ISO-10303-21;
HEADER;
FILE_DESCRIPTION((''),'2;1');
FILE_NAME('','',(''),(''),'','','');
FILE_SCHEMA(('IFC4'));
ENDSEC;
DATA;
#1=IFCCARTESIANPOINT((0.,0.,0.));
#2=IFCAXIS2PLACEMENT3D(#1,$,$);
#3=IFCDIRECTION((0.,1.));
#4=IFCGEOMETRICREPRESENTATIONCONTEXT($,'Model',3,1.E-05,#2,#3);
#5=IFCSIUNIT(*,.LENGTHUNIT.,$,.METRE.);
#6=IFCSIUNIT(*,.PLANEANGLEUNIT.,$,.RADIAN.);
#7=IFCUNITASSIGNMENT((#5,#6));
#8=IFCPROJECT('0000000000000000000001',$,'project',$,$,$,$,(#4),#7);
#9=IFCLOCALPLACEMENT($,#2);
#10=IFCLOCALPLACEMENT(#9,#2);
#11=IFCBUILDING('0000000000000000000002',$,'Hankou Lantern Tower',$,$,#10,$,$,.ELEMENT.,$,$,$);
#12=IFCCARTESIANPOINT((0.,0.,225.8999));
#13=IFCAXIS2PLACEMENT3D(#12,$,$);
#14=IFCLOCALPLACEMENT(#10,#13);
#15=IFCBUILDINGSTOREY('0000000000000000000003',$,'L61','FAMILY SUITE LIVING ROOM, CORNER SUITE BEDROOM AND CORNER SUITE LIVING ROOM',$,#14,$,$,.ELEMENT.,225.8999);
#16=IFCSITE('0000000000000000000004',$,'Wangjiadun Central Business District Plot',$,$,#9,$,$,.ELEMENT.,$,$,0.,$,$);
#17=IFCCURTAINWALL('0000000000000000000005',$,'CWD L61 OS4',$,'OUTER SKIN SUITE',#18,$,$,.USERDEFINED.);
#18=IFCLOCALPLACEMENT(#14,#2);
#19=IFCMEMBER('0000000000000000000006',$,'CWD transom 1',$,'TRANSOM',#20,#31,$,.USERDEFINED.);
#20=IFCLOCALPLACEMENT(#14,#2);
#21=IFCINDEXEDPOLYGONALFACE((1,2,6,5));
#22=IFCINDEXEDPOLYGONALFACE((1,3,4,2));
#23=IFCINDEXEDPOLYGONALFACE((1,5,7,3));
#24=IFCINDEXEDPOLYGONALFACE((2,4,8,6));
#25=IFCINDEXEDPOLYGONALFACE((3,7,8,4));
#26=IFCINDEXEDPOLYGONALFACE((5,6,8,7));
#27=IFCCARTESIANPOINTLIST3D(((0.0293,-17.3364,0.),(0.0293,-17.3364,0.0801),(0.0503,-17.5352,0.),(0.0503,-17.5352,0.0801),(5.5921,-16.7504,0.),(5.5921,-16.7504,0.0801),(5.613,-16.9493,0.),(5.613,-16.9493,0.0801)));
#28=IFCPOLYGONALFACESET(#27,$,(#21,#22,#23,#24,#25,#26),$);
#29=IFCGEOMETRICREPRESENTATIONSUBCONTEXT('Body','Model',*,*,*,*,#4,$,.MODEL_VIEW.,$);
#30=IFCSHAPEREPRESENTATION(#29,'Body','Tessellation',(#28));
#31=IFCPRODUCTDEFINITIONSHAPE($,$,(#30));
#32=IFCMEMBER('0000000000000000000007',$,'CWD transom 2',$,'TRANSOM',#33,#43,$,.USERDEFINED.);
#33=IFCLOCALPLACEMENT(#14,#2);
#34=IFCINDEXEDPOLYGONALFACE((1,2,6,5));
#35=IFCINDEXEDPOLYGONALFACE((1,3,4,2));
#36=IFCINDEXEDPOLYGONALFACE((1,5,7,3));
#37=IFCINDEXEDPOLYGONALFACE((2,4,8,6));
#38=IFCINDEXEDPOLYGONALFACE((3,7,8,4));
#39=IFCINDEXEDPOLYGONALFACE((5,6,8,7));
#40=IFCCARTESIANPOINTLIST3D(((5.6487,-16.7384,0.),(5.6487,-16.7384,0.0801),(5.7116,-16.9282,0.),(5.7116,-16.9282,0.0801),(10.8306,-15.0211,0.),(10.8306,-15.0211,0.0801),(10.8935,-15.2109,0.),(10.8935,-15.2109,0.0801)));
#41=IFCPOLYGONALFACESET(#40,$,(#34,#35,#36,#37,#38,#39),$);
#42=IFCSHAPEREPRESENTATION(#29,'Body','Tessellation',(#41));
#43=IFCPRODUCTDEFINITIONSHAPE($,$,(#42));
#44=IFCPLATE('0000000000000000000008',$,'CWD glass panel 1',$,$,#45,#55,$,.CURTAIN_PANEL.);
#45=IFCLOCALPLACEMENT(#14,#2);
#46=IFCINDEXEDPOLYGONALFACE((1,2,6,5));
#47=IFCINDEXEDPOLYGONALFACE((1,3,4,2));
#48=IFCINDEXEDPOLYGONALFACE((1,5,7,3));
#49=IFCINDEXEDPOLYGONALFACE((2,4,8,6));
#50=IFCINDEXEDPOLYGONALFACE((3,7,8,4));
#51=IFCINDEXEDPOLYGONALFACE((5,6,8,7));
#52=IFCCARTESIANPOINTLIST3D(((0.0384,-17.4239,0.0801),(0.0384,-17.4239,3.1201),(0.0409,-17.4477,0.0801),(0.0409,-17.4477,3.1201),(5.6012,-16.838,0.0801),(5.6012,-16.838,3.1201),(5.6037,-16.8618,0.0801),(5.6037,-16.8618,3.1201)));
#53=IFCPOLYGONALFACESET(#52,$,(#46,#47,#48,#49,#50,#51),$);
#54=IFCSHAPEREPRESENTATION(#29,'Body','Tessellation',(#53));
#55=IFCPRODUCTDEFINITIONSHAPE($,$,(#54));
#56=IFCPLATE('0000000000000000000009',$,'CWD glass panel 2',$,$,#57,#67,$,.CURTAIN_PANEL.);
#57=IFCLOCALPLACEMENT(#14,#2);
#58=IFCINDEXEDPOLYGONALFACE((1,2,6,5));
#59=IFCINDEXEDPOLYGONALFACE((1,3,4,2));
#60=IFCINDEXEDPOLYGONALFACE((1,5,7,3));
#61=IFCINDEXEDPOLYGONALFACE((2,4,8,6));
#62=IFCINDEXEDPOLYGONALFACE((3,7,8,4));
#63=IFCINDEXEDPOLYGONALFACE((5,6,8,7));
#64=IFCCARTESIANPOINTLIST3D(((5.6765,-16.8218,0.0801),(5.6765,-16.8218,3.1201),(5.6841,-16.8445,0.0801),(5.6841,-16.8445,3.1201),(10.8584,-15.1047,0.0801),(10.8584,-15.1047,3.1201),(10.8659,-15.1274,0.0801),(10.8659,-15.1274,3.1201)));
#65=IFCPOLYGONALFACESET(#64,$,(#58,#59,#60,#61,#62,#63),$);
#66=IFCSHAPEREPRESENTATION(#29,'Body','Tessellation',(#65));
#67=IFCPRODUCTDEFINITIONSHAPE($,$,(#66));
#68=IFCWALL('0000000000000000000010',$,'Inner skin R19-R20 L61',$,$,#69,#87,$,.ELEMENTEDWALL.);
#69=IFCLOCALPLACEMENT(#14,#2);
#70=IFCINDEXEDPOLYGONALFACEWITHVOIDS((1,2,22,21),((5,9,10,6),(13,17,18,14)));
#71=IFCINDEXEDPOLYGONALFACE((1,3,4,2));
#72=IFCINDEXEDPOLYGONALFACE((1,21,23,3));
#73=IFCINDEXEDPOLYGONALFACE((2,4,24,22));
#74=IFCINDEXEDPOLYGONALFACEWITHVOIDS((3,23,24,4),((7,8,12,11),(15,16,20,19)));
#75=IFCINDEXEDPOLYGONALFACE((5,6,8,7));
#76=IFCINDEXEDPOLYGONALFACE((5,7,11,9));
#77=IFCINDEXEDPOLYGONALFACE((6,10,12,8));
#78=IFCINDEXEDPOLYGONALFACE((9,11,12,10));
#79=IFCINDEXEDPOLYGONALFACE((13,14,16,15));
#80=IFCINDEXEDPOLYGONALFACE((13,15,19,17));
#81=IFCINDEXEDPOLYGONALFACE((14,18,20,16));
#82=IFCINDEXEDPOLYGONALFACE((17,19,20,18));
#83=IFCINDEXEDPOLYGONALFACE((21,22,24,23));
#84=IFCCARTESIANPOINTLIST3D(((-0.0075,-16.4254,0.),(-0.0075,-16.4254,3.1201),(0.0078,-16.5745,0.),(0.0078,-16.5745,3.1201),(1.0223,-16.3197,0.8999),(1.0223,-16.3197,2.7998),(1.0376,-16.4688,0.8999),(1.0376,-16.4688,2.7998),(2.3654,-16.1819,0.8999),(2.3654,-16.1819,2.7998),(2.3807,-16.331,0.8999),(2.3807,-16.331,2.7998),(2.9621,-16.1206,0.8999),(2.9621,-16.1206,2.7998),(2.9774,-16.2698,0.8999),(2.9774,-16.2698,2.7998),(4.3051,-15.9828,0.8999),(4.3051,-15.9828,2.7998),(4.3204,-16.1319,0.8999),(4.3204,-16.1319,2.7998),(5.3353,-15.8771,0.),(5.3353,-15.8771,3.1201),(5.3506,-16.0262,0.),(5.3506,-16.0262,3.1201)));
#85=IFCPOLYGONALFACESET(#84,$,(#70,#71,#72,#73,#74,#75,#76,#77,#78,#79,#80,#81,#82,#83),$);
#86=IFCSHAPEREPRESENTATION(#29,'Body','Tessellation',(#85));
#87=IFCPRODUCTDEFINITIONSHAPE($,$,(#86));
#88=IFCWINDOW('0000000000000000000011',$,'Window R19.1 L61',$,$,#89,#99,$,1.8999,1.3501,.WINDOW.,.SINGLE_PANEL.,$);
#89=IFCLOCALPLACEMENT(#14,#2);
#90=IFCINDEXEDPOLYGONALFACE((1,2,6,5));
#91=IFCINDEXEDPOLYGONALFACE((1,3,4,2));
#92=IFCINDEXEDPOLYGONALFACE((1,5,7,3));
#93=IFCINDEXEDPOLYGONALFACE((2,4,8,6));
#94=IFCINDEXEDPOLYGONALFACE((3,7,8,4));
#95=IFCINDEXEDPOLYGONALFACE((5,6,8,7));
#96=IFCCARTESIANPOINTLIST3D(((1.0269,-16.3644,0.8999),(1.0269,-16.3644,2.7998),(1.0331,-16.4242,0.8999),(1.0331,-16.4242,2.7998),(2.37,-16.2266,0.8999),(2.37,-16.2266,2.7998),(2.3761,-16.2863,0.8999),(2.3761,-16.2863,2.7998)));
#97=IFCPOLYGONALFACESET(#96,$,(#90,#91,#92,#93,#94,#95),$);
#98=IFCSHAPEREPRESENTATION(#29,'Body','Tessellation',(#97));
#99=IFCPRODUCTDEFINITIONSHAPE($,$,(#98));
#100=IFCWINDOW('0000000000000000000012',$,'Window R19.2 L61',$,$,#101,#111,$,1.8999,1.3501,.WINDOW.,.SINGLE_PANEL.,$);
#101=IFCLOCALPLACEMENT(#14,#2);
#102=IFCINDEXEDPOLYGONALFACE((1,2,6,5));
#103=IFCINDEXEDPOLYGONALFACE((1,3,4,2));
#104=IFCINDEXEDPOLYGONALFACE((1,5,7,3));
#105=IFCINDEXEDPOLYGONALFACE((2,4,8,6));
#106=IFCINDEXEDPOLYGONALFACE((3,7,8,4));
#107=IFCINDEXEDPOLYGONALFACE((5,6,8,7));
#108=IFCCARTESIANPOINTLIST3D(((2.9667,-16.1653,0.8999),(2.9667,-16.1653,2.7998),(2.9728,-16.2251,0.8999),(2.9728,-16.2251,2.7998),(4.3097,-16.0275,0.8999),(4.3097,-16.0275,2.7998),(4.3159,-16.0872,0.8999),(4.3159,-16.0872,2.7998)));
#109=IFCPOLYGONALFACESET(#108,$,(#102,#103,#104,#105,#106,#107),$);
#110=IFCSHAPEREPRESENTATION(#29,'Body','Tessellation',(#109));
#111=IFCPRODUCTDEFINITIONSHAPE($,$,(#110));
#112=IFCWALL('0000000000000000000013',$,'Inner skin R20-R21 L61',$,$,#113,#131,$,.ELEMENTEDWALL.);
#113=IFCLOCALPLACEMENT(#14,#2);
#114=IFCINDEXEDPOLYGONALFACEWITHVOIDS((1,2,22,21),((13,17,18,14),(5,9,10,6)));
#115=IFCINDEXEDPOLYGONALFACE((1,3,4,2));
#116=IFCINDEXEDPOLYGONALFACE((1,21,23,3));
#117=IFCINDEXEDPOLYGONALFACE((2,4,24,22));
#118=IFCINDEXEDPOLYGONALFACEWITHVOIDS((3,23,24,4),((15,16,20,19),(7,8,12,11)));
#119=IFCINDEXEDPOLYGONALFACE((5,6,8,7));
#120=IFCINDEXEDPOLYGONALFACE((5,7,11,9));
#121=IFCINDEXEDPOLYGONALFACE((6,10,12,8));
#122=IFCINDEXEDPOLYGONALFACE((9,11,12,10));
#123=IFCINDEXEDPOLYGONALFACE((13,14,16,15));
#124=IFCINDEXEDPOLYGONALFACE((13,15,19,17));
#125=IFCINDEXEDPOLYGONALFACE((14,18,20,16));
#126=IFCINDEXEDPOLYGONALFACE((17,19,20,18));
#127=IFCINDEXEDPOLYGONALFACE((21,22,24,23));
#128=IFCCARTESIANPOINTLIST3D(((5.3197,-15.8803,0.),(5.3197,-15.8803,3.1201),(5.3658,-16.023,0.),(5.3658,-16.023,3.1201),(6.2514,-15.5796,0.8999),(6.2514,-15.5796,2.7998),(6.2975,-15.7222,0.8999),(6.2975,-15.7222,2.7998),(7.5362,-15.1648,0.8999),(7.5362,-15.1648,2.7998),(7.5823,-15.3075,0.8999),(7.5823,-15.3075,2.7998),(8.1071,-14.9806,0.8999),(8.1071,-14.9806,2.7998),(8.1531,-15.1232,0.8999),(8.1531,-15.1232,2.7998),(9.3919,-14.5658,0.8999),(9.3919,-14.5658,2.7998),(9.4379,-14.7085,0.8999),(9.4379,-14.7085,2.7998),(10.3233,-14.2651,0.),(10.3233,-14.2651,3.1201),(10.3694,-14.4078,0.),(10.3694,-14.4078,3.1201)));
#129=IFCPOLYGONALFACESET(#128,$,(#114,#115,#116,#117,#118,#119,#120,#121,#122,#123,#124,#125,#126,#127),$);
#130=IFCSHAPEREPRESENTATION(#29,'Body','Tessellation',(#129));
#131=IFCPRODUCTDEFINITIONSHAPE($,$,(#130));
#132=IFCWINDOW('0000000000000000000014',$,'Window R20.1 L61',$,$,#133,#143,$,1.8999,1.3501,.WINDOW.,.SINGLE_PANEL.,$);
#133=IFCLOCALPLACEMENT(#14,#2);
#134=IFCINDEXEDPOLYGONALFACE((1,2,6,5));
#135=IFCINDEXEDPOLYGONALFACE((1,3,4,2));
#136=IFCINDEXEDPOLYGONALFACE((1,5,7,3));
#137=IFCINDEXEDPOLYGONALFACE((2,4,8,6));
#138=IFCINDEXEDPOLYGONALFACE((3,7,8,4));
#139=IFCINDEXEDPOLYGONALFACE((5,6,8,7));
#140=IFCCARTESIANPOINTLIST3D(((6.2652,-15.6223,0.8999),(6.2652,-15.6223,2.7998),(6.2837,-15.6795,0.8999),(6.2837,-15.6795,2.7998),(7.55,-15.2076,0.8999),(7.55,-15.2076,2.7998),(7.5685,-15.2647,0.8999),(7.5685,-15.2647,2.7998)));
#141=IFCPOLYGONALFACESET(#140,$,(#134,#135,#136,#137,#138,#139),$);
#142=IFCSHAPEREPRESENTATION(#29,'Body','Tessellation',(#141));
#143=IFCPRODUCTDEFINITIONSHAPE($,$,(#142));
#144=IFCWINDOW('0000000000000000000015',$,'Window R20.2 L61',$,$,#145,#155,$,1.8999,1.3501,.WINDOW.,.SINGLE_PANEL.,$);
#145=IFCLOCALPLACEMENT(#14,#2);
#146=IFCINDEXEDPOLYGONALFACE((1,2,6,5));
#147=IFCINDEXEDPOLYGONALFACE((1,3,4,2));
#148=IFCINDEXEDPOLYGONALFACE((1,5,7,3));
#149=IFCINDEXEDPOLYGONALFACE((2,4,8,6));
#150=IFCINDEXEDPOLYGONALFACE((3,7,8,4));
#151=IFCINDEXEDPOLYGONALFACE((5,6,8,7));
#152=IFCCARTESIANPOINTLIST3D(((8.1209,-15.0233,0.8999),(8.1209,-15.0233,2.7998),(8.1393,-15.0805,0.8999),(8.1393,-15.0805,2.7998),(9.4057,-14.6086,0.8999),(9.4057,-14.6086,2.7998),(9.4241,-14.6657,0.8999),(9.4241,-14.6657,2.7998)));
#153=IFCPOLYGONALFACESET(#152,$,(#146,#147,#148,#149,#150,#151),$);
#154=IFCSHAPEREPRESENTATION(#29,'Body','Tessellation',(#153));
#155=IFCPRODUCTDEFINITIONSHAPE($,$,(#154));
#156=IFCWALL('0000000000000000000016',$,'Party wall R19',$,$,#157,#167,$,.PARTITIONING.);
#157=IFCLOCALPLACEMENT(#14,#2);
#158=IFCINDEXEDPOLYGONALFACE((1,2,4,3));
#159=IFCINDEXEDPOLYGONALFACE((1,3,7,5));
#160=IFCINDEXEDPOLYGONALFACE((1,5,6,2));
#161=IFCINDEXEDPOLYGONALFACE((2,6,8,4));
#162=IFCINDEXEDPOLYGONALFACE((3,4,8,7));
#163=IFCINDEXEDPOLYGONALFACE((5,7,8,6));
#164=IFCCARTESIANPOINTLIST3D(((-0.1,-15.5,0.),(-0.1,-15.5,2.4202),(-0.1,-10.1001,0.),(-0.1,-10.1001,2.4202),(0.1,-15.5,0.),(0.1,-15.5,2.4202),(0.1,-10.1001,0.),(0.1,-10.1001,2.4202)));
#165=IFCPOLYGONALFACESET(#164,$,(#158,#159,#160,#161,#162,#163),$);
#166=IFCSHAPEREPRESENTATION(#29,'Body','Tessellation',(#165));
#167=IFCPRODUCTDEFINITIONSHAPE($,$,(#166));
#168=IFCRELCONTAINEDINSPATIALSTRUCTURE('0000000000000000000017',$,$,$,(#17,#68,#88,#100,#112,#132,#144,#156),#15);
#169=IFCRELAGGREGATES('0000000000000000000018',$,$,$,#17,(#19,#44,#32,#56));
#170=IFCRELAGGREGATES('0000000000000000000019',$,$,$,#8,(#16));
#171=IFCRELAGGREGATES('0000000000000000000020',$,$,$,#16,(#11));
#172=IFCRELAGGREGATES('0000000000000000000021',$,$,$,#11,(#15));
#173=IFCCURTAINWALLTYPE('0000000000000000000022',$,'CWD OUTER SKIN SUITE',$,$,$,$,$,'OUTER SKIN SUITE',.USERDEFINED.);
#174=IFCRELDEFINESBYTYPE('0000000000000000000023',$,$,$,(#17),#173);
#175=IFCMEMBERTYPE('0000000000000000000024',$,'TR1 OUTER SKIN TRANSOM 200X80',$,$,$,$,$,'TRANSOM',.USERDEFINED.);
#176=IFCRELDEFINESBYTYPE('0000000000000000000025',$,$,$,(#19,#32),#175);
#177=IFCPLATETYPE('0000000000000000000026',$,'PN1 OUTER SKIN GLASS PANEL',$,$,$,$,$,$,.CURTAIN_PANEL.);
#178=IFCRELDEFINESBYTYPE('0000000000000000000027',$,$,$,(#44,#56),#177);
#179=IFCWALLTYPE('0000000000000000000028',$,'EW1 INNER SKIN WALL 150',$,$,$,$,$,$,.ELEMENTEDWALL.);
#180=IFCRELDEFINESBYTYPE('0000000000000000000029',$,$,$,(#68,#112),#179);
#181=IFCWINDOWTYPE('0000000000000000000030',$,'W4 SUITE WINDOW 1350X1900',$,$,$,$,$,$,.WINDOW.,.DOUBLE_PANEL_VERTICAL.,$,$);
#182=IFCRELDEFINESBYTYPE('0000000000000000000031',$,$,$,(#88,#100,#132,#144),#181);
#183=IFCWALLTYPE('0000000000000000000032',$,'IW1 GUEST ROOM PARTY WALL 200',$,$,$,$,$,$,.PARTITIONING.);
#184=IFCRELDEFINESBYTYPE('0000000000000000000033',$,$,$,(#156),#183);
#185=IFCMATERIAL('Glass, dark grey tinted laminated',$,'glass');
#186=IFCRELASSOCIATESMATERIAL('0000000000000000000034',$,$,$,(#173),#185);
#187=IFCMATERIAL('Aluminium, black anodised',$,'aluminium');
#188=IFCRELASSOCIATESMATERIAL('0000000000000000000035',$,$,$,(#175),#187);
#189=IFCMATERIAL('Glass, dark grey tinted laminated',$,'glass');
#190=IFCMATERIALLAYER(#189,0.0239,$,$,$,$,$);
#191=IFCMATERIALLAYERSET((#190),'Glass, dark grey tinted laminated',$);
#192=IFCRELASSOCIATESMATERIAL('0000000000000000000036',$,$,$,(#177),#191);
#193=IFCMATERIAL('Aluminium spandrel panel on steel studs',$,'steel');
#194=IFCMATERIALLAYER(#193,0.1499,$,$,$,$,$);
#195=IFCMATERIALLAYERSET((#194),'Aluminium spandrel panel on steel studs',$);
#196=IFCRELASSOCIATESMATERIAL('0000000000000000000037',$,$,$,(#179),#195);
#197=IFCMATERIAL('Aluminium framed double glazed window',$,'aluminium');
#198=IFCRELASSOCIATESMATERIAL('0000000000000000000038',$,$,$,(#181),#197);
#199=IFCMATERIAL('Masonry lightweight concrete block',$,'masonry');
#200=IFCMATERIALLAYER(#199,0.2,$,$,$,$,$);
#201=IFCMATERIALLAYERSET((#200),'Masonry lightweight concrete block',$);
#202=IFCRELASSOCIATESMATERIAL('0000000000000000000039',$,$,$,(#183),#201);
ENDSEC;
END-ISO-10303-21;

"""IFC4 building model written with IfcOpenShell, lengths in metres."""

from ifc_helpers import new_model, si_unit, direction, frame, frame_2d, origin, origin_2d, place, context, subcontext, project, spatial, rectangle, extrude, material, layer, layer_set, material_profile, profile_set, type_object, element, fill, aggregate, save


model = new_model("IFC4")

# Units and contexts
model_context = context("Model", 3, precision=1e-05, world=origin(), true_north=direction((0.0, 1.0)))
body_context = subcontext(model_context, "Body", "Model", "MODEL_VIEW")
ifc_project = project(units=[si_unit("LENGTHUNIT", "METRE"), si_unit("PLANEANGLEUNIT", "RADIAN")], contexts=[model_context])

# Site, building, storey
site_placement = place(None, origin())
site = spatial("IfcSite", under=ifc_project, at=site_placement, Name="Wangjiadun Central Business District Plot", CompositionType="ELEMENT", RefElevation=0.0)
building_placement = place(site_placement, origin())
building = spatial("IfcBuilding", under=site, at=building_placement, Name="Hankou Lantern Tower", CompositionType="ELEMENT")
storey_placement = place(building_placement, frame((0.0, 0.0, 225.8999)))
storey = spatial("IfcBuildingStorey", under=building, at=storey_placement, Name="L61", Description="FAMILY SUITE LIVING ROOM, CORNER SUITE BEDROOM AND CORNER SUITE LIVING ROOM", CompositionType="ELEMENT", Elevation=225.8999)

# Curtain wall
ifc_material_1 = material(Name="Glass, dark grey tinted laminated", Category="glass")
curtain_wall_type = type_object("IfcCurtainWallType", Name="CWD OUTER SKIN SUITE", ElementType="OUTER SKIN SUITE", PredefinedType="USERDEFINED", material=ifc_material_1)
curtain_wall_placement = place(storey_placement, origin())
curtain_wall = element("IfcCurtainWall", 1, at=curtain_wall_placement, inside=storey, type_object=curtain_wall_type, Name="CWD L61 OS4", ObjectType="OUTER SKIN SUITE", PredefinedType="USERDEFINED")

# Members
ifc_material_2 = material(Name="Aluminium, black anodised", Category="aluminium")
ifc_material_profile_1 = material_profile(ifc_material_2, rectangle(XDim=0.2, YDim=0.0801, at=origin_2d()), Name="TR1 200X80")
ifc_profile_set_1 = profile_set([ifc_material_profile_1], Name="Aluminium, black anodised")
member_type_1 = type_object("IfcMemberType", Name="TR1 OUTER SKIN TRANSOM 200X80", ElementType="TRANSOM", PredefinedType="USERDEFINED", material=ifc_profile_set_1)
member_1_placement = place(storey_placement, frame((0.0398, -17.4358, 0.04), z_axis=(0.994498, 0.104753, 0.0), x_axis=(-0.104753, 0.994498, 0.0)))
member_1 = element("IfcMember", 2, at=member_1_placement, type_object=member_type_1, Name="CWD transom 1", ObjectType="TRANSOM", PredefinedType="USERDEFINED", context=body_context, shape_type="SweptSolid", body=[
    extrude(rectangle(XDim=0.2, YDim=0.0801, at=origin_2d()), origin(), (0.0, 0.0, 1.0), 5.5935),
])
member_2_placement = place(storey_placement, frame((5.6802, -16.8333, 0.04), z_axis=(0.949232, 0.314577, 0.0), x_axis=(-0.314577, 0.949232, 0.0)))
member_2 = element("IfcMember", 3, at=member_2_placement, type_object=member_type_1, Name="CWD transom 2", ObjectType="TRANSOM", PredefinedType="USERDEFINED", context=body_context, shape_type="SweptSolid", body=[
    extrude(rectangle(XDim=0.2, YDim=0.0801, at=origin_2d()), origin(), (0.0, 0.0, 1.0), 5.459),
])

# Plates
ifc_material_3 = material(Name="Glass, dark grey tinted laminated", Category="glass")
ifc_layer_1 = layer(ifc_material_3, 0.0239)
ifc_layer_set_1 = layer_set([ifc_layer_1], Name="Glass, dark grey tinted laminated")
plate_type = type_object("IfcPlateType", Name="PN1 OUTER SKIN GLASS PANEL", PredefinedType="CURTAIN_PANEL", material=ifc_layer_set_1)
plate_1_placement = place(storey_placement, frame((2.821, -17.1428, 0.0801), z_axis=(0.0, 0.0, 1.0), x_axis=(0.994499, 0.104743, 0.0)))
plate_1 = element("IfcPlate", 4, at=plate_1_placement, type_object=plate_type, Name="CWD glass panel 1", PredefinedType="CURTAIN_PANEL", context=body_context, shape_type="SweptSolid", body=[
    extrude(rectangle(XDim=5.5935, YDim=0.0239, at=origin_2d()), origin(), (0.0, 0.0, 1.0), 3.04),
])
plate_2_placement = place(storey_placement, frame((8.2712, -15.9746, 0.0801), z_axis=(0.0, 0.0, 1.0), x_axis=(0.949241, 0.314551, 0.0)))
plate_2 = element("IfcPlate", 5, at=plate_2_placement, type_object=plate_type, Name="CWD glass panel 2", PredefinedType="CURTAIN_PANEL", context=body_context, shape_type="SweptSolid", body=[
    extrude(rectangle(XDim=5.459, YDim=0.0239, at=origin_2d()), origin(), (0.0, 0.0, 1.0), 3.04),
])
aggregate(curtain_wall, [member_1, plate_1, member_2, plate_2])

# Walls, openings, windows
ifc_material_4 = material(Name="Aluminium spandrel panel on steel studs", Category="steel")
ifc_layer_2 = layer(ifc_material_4, 0.1499)
ifc_layer_set_2 = layer_set([ifc_layer_2], Name="Aluminium spandrel panel on steel studs")
wall_type_1 = type_object("IfcWallType", Name="EW1 INNER SKIN WALL 150", PredefinedType="ELEMENTEDWALL", material=ifc_layer_set_2)
wall_1_placement = place(storey_placement, frame((0.0, -16.5, 0.0), z_axis=(0.0, 0.0, 1.0), x_axis=(0.994775, 0.102096, 0.0)))
wall_1 = element("IfcWall", 6, at=wall_1_placement, inside=storey, type_object=wall_type_1, Name="Inner skin R19-R20 L61", PredefinedType="ELEMENTEDWALL", context=body_context, shape_type="SweptSolid", body=[
    extrude(rectangle(XDim=5.3708, YDim=0.1499, at=frame_2d((2.6855, 0.0))), origin(), (0.0, 0.0, 1.0), 3.1201),
])
opening_1_placement = place(wall_1_placement, frame((1.0354, 0.0, 0.8999)))
opening_1 = element("IfcOpeningElement", 7, at=opening_1_placement, cuts=wall_1, PredefinedType="OPENING", context=body_context, shape_type="SweptSolid", body=[
    extrude(rectangle(XDim=1.3501, YDim=1.8999, at=frame_2d((0.675, 0.95))), frame((0.0, 0.085, 0.0), z_axis=(0.0, -1.0, 0.0), x_axis=(1.0, 0.0, 0.0)), (0.0, 0.0, 1.0), 0.1699),
])
opening_2_placement = place(wall_1_placement, frame((2.9854, 0.0, 0.8999)))
opening_2 = element("IfcOpeningElement", 8, at=opening_2_placement, cuts=wall_1, PredefinedType="OPENING", context=body_context, shape_type="SweptSolid", body=[
    extrude(rectangle(XDim=1.3501, YDim=1.8999, at=frame_2d((0.675, 0.95))), frame((0.0, 0.085, 0.0), z_axis=(0.0, -1.0, 0.0), x_axis=(1.0, 0.0, 0.0)), (0.0, 0.0, 1.0), 0.1699),
])
ifc_material_5 = material(Name="Aluminium framed double glazed window", Category="aluminium")
window_type = type_object("IfcWindowType", Name="W4 SUITE WINDOW 1350X1900", PartitioningType="DOUBLE_PANEL_VERTICAL", PredefinedType="WINDOW", material=ifc_material_5)
window_1_placement = place(opening_1_placement, origin())
window_1 = element("IfcWindow", 9, at=window_1_placement, inside=storey, type_object=window_type, Name="Window R19.1 L61", OverallHeight=1.8999, OverallWidth=1.3501, PartitioningType="SINGLE_PANEL", PredefinedType="WINDOW", context=body_context, shape_type="SweptSolid", body=[
    extrude(rectangle(XDim=1.3501, YDim=1.8999, at=frame_2d((0.675, 0.95))), frame((0.0, 0.03, 0.0), z_axis=(0.0, -1.0, 0.0), x_axis=(1.0, 0.0, 0.0)), (0.0, 0.0, 1.0), 0.0601),
])
fill(opening_1, window_1)
window_2_placement = place(opening_2_placement, origin())
window_2 = element("IfcWindow", 10, at=window_2_placement, inside=storey, type_object=window_type, Name="Window R19.2 L61", OverallHeight=1.8999, OverallWidth=1.3501, PartitioningType="SINGLE_PANEL", PredefinedType="WINDOW", context=body_context, shape_type="SweptSolid", body=[
    extrude(rectangle(XDim=1.3501, YDim=1.8999, at=frame_2d((0.675, 0.95))), frame((0.0, 0.03, 0.0), z_axis=(0.0, -1.0, 0.0), x_axis=(1.0, 0.0, 0.0)), (0.0, 0.0, 1.0), 0.0601),
])
fill(opening_2, window_2)
wall_2_placement = place(storey_placement, frame((5.3428, -15.9517, 0.0), z_axis=(0.0, 0.0, 1.0), x_axis=(0.951645, 0.307201, 0.0)))
wall_2 = element("IfcWall", 11, at=wall_2_placement, inside=storey, type_object=wall_type_1, Name="Inner skin R20-R21 L61", PredefinedType="ELEMENTEDWALL", context=body_context, shape_type="SweptSolid", body=[
    extrude(rectangle(XDim=5.2578, YDim=0.1499, at=frame_2d((2.6289, 0.0))), origin(), (0.0, 0.0, 1.0), 3.1201),
])
opening_3_placement = place(wall_2_placement, frame((0.979, 0.0, 0.8999)))
opening_3 = element("IfcOpeningElement", 12, at=opening_3_placement, cuts=wall_2, PredefinedType="OPENING", context=body_context, shape_type="SweptSolid", body=[
    extrude(rectangle(XDim=1.3501, YDim=1.8999, at=frame_2d((0.675, 0.95))), frame((0.0, 0.085, 0.0), z_axis=(0.0, -1.0, 0.0), x_axis=(1.0, 0.0, 0.0)), (0.0, 0.0, 1.0), 0.1699),
])
opening_4_placement = place(wall_2_placement, frame((2.929, 0.0, 0.8999)))
opening_4 = element("IfcOpeningElement", 13, at=opening_4_placement, cuts=wall_2, PredefinedType="OPENING", context=body_context, shape_type="SweptSolid", body=[
    extrude(rectangle(XDim=1.3501, YDim=1.8999, at=frame_2d((0.675, 0.95))), frame((0.0, 0.085, 0.0), z_axis=(0.0, -1.0, 0.0), x_axis=(1.0, 0.0, 0.0)), (0.0, 0.0, 1.0), 0.1699),
])
window_3_placement = place(opening_3_placement, origin())
window_3 = element("IfcWindow", 14, at=window_3_placement, inside=storey, type_object=window_type, Name="Window R20.1 L61", OverallHeight=1.8999, OverallWidth=1.3501, PartitioningType="SINGLE_PANEL", PredefinedType="WINDOW", context=body_context, shape_type="SweptSolid", body=[
    extrude(rectangle(XDim=1.3501, YDim=1.8999, at=frame_2d((0.675, 0.95))), frame((0.0, 0.03, 0.0), z_axis=(0.0, -1.0, 0.0), x_axis=(1.0, 0.0, 0.0)), (0.0, 0.0, 1.0), 0.0601),
])
fill(opening_3, window_3)
window_4_placement = place(opening_4_placement, origin())
window_4 = element("IfcWindow", 15, at=window_4_placement, inside=storey, type_object=window_type, Name="Window R20.2 L61", OverallHeight=1.8999, OverallWidth=1.3501, PartitioningType="SINGLE_PANEL", PredefinedType="WINDOW", context=body_context, shape_type="SweptSolid", body=[
    extrude(rectangle(XDim=1.3501, YDim=1.8999, at=frame_2d((0.675, 0.95))), frame((0.0, 0.03, 0.0), z_axis=(0.0, -1.0, 0.0), x_axis=(1.0, 0.0, 0.0)), (0.0, 0.0, 1.0), 0.0601),
])
fill(opening_4, window_4)

# Wall
ifc_material_6 = material(Name="Masonry lightweight concrete block", Category="masonry")
ifc_layer_3 = layer(ifc_material_6, 0.2)
ifc_layer_set_3 = layer_set([ifc_layer_3], Name="Masonry lightweight concrete block")
wall_type_2 = type_object("IfcWallType", Name="IW1 GUEST ROOM PARTY WALL 200", PredefinedType="PARTITIONING", material=ifc_layer_set_3)
wall_3_placement = place(storey_placement, frame((0.0, -10.1001, 0.0), z_axis=(0.0, 0.0, 1.0), x_axis=(0.0, -1.0, 0.0)))
element("IfcWall", 16, at=wall_3_placement, inside=storey, type_object=wall_type_2, Name="Party wall R19", PredefinedType="PARTITIONING", context=body_context, shape_type="SweptSolid", body=[
    extrude(rectangle(XDim=5.3999, YDim=0.2, at=frame_2d((2.7, 0.0))), origin(), (0.0, 0.0, 1.0), 2.4202),
])

save(model, "model.ifc")
